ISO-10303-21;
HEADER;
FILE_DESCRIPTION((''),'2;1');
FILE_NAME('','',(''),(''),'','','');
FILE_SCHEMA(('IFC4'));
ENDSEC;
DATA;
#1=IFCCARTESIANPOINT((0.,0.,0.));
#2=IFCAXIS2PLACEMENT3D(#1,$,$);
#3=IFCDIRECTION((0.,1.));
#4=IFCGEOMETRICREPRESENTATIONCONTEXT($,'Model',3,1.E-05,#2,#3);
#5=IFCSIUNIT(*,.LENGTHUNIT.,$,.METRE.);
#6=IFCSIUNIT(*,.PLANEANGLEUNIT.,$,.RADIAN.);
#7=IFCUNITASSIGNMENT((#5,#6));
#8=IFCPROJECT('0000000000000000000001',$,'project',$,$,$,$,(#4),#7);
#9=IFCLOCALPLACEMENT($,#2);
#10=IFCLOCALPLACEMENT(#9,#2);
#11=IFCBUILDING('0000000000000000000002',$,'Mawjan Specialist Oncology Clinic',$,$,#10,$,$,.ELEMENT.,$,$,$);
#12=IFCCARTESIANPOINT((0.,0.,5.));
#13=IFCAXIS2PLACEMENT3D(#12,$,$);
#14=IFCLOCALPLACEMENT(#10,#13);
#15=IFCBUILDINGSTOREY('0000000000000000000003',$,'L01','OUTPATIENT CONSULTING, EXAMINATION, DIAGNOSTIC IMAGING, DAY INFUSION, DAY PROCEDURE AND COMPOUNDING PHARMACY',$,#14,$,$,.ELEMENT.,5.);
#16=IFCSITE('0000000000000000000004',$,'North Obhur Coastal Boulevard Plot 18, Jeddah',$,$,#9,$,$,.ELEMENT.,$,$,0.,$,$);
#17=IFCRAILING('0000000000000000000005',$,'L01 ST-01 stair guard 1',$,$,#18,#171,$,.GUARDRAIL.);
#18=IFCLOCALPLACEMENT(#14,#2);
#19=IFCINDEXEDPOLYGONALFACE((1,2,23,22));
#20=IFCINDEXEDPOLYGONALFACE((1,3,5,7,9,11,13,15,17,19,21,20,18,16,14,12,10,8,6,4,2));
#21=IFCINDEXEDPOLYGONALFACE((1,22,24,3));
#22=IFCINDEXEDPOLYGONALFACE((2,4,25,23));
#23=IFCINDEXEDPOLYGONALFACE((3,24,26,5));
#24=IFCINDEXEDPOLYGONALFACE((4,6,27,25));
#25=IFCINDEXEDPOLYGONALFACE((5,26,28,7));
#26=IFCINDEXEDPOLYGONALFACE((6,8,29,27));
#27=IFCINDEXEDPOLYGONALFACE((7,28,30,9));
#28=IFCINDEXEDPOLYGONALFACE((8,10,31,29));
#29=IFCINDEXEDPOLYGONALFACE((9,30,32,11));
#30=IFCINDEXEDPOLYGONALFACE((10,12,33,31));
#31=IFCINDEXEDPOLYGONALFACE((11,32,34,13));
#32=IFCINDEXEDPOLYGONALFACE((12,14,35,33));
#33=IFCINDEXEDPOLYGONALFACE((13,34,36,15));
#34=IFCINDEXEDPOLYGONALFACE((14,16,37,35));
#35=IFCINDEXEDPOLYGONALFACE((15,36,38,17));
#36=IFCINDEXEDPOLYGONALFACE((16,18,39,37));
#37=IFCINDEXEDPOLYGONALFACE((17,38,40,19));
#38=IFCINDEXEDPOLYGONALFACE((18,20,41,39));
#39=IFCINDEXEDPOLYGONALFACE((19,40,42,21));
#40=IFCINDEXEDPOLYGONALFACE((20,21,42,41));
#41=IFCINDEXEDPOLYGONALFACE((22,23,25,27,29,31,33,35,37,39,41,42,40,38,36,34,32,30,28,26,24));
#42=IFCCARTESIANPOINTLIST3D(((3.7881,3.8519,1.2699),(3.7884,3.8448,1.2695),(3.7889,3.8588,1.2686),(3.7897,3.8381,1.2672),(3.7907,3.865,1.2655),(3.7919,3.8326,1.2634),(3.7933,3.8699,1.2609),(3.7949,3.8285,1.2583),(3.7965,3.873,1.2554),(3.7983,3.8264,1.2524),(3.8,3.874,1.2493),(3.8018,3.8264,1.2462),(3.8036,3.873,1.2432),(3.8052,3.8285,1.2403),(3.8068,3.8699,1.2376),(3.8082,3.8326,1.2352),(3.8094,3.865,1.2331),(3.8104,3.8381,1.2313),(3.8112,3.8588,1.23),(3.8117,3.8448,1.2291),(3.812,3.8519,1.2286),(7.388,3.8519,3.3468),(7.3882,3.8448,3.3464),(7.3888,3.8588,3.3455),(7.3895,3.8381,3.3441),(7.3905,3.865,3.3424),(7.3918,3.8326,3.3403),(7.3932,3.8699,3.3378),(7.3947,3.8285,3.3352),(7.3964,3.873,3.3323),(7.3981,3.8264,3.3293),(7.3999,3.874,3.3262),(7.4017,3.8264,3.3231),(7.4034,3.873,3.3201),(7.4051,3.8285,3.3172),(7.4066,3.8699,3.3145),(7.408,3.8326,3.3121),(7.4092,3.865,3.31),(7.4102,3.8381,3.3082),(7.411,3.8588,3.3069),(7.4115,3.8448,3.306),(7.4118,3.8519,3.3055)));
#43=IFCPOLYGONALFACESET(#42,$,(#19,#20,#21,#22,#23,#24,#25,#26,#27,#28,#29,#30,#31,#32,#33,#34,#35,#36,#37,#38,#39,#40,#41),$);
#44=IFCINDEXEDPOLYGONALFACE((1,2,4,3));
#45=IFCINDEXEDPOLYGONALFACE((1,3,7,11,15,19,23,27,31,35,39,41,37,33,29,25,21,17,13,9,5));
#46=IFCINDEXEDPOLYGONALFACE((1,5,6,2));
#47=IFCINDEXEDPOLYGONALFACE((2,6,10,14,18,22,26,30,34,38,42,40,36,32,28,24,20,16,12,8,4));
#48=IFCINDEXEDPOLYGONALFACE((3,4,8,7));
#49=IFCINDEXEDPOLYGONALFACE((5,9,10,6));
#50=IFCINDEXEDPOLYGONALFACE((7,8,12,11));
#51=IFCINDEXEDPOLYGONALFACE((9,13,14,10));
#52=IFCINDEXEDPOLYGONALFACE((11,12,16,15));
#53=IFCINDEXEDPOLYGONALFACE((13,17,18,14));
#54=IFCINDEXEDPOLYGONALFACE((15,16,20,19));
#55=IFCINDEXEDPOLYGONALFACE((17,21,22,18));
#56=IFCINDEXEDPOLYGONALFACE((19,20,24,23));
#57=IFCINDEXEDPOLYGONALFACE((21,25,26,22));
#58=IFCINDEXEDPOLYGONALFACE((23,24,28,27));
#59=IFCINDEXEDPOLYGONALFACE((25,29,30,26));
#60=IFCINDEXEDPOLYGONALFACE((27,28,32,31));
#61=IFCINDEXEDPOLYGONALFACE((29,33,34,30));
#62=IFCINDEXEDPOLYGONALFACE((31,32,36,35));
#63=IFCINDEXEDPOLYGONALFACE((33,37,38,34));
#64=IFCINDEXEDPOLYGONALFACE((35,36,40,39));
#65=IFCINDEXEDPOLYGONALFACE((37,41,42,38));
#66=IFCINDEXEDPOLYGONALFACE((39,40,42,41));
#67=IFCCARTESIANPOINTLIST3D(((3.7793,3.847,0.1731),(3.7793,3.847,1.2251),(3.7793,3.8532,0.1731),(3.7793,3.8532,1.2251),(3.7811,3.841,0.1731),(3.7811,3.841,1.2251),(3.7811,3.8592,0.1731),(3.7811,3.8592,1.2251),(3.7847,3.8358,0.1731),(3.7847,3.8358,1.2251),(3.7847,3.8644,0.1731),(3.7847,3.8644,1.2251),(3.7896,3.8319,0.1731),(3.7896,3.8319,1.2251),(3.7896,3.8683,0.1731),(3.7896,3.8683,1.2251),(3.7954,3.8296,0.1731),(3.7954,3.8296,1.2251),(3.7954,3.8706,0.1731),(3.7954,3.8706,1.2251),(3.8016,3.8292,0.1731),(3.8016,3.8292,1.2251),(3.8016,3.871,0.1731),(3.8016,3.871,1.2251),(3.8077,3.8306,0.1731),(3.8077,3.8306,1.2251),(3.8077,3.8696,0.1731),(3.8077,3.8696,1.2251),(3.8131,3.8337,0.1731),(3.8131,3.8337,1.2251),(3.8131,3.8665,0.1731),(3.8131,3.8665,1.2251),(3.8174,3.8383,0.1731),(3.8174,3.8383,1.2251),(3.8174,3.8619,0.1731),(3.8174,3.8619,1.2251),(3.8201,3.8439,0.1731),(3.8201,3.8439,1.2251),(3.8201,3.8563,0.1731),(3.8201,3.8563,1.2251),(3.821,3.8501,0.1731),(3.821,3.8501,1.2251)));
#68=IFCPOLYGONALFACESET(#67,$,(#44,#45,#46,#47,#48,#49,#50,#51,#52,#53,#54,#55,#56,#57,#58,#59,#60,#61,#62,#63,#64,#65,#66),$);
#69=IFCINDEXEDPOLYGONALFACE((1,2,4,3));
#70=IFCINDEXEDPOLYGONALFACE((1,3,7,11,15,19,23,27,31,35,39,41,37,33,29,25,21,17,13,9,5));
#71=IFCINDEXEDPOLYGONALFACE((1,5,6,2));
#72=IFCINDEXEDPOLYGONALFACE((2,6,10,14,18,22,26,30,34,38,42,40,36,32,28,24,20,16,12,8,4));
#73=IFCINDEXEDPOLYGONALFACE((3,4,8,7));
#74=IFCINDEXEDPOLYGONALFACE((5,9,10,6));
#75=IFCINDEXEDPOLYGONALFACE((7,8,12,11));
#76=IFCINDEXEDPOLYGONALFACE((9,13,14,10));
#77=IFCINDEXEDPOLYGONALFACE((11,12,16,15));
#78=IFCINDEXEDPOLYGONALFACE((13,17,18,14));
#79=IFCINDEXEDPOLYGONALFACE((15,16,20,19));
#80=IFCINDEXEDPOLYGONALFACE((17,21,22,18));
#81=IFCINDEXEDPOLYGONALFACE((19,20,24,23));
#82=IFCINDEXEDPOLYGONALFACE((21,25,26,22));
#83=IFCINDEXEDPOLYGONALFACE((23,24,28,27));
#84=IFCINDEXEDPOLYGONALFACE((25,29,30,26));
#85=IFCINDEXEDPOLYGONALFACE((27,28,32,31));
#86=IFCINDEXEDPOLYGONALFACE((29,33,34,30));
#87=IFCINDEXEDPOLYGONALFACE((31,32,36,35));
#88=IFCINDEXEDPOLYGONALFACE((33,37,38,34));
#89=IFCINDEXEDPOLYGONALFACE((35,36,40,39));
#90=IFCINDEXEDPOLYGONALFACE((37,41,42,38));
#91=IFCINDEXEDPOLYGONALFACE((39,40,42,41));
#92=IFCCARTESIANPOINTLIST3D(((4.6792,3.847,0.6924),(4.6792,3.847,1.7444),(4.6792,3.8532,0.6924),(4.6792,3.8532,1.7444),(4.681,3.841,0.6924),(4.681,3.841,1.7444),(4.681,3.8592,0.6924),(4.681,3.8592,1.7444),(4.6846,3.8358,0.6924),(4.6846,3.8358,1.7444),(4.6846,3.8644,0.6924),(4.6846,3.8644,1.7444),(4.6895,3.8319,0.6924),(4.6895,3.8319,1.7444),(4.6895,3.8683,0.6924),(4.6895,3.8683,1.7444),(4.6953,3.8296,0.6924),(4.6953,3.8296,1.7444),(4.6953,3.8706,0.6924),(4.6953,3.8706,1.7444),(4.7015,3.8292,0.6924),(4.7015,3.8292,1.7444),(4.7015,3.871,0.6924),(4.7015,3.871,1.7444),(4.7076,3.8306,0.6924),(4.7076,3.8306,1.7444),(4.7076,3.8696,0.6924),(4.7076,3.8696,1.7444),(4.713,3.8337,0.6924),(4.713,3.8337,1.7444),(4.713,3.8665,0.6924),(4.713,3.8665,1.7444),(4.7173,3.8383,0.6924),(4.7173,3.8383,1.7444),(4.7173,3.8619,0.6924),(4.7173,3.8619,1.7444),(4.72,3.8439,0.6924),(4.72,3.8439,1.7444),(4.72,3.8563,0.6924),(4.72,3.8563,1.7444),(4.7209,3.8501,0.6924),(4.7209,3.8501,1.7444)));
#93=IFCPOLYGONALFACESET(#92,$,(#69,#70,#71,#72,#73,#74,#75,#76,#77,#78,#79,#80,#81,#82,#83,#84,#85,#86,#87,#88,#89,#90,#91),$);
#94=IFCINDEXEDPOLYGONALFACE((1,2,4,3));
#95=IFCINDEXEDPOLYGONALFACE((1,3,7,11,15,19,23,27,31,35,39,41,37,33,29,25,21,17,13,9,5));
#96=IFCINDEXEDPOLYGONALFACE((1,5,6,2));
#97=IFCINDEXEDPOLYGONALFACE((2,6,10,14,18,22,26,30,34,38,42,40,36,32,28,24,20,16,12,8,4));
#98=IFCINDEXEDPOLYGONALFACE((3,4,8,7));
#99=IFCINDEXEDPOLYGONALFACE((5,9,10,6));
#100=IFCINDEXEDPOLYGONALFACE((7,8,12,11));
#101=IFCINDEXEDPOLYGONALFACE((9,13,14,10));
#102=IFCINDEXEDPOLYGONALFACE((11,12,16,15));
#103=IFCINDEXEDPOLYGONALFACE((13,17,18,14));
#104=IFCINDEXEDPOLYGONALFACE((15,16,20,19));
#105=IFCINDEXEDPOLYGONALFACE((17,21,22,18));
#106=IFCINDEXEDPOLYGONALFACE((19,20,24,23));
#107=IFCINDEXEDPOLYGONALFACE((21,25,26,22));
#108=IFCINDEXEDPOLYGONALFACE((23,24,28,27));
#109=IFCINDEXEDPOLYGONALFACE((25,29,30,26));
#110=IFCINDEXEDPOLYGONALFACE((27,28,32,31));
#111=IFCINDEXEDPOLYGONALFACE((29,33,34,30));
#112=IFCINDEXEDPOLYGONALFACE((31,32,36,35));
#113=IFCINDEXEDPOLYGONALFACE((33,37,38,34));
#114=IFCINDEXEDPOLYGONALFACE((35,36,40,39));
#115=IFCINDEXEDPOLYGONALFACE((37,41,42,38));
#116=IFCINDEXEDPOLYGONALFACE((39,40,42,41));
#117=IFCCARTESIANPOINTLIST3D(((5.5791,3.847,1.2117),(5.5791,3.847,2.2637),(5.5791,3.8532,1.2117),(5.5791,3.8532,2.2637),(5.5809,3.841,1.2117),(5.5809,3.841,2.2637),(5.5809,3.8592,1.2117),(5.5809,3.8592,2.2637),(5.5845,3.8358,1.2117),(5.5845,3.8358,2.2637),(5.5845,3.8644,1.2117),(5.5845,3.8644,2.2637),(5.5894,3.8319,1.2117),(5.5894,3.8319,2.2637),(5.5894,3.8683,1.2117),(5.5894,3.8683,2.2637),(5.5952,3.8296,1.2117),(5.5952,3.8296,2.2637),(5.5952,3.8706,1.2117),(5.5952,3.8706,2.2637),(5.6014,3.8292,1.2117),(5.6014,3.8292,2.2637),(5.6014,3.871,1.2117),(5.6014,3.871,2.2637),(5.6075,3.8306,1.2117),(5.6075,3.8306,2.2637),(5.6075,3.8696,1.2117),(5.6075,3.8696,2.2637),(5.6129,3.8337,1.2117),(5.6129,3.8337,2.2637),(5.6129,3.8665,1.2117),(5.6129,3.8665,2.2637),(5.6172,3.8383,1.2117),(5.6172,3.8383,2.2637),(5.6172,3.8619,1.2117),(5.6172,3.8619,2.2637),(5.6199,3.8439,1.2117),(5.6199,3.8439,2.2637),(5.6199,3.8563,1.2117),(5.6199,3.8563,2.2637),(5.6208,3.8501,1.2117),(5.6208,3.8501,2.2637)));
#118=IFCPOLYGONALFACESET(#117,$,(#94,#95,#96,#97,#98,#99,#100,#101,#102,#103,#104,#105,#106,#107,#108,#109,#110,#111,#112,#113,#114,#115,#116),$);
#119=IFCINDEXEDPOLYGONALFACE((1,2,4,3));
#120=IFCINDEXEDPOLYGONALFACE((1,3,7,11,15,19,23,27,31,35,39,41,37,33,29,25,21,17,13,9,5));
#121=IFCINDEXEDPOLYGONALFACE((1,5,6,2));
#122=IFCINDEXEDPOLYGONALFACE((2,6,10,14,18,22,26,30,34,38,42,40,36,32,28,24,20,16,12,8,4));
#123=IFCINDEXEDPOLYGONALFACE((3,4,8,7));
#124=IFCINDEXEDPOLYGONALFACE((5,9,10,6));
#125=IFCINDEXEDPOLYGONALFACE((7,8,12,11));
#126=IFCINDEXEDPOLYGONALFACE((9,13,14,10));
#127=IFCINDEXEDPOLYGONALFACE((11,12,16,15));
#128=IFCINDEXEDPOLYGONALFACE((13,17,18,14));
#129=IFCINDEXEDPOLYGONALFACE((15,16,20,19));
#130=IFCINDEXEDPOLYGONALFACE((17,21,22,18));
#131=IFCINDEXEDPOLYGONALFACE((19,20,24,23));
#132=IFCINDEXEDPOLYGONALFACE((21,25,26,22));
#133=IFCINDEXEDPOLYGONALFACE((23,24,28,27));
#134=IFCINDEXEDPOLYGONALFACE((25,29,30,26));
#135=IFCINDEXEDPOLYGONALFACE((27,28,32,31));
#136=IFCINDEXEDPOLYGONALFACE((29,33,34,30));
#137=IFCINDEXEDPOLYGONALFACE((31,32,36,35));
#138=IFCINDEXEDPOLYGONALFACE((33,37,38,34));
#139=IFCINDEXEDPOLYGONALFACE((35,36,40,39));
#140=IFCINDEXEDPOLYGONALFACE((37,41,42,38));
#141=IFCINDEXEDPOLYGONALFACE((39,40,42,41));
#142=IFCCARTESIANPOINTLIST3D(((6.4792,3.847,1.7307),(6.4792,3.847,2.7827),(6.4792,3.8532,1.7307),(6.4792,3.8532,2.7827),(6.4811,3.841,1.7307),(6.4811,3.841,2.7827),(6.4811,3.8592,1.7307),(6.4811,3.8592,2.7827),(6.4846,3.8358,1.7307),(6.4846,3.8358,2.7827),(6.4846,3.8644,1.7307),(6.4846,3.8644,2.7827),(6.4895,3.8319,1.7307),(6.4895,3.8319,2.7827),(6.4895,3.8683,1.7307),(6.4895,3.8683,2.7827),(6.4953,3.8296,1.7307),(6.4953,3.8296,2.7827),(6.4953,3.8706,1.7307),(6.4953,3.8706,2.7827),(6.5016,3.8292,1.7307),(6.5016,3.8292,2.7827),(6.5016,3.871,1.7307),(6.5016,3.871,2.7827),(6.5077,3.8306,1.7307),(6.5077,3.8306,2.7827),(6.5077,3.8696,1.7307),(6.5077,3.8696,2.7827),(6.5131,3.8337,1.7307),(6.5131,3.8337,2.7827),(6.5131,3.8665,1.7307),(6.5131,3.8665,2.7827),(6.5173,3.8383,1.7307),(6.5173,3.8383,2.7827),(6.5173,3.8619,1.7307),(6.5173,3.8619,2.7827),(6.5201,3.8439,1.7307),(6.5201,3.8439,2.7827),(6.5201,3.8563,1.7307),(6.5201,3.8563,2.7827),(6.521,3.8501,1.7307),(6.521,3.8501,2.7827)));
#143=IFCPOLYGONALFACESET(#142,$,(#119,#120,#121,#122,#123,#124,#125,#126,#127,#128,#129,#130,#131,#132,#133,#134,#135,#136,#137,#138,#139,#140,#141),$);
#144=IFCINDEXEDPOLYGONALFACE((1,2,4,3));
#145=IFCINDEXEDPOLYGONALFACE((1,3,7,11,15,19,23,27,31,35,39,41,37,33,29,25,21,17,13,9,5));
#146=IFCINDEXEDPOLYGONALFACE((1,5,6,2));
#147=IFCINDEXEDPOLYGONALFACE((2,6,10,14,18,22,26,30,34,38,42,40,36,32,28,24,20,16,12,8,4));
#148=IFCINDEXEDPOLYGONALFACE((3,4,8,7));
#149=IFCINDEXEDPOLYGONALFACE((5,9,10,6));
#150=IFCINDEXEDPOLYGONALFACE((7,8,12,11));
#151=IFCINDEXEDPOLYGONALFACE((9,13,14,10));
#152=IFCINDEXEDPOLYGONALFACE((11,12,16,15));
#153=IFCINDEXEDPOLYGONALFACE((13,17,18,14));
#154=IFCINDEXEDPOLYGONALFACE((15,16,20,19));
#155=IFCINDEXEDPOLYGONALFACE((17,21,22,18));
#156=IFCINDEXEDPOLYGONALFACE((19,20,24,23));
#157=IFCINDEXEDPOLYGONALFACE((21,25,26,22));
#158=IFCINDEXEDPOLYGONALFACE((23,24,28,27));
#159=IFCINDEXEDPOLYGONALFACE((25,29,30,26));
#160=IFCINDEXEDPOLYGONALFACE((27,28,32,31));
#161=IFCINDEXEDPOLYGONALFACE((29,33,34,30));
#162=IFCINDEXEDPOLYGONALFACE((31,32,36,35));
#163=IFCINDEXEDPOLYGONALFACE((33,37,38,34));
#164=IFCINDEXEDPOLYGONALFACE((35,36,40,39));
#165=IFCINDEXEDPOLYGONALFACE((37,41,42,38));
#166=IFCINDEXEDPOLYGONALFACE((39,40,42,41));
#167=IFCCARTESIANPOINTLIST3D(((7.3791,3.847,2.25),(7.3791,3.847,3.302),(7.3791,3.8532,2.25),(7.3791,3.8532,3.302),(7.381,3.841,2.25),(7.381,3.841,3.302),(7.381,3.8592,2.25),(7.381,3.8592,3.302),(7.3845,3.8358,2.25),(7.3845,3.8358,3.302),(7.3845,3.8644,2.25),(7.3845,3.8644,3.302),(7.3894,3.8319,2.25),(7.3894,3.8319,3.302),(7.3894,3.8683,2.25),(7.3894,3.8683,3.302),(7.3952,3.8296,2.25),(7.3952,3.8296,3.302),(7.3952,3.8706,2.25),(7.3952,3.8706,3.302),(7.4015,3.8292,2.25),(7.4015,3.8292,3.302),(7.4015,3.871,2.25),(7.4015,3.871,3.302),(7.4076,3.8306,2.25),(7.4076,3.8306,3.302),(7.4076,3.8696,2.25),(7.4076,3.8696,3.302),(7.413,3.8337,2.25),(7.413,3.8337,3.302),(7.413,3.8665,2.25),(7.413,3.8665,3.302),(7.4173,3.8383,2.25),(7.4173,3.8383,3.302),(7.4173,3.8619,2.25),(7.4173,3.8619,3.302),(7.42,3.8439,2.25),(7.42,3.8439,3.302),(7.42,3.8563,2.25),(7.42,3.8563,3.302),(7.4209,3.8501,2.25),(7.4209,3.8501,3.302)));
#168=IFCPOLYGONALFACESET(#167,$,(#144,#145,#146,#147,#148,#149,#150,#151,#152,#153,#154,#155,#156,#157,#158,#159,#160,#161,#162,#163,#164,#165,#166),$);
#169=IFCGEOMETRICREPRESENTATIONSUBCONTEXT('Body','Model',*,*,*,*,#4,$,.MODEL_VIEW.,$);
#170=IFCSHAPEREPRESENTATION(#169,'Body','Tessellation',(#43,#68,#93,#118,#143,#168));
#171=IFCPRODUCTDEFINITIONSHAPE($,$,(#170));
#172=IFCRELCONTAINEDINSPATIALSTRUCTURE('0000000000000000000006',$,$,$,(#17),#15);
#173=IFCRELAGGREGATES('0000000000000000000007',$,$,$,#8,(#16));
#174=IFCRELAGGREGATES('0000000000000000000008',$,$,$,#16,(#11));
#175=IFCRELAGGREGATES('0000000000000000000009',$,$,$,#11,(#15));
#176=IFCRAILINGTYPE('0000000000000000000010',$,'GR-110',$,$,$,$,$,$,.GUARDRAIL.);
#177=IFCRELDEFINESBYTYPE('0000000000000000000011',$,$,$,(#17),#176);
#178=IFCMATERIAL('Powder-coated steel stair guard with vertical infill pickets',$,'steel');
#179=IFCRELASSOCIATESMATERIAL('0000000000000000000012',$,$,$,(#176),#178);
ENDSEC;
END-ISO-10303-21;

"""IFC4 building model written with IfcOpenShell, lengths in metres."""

from ifc_helpers import new_model, si_unit, direction, frame, origin, origin_2d, place, context, subcontext, project, spatial, circle, extrude, material, type_object, element, save


model = new_model("IFC4")

# Units and contexts
model_context = context("Model", 3, precision=1e-05, world=origin(), true_north=direction((0.0, 1.0)))
body_context = subcontext(model_context, "Body", "Model", "MODEL_VIEW")
ifc_project = project(units=[si_unit("LENGTHUNIT", "METRE"), si_unit("PLANEANGLEUNIT", "RADIAN")], contexts=[model_context])

# Site, building, storey
site_placement = place(None, origin())
site = spatial("IfcSite", under=ifc_project, at=site_placement, Name="North Obhur Coastal Boulevard Plot 18, Jeddah", CompositionType="ELEMENT", RefElevation=0.0)
building_placement = place(site_placement, origin())
building = spatial("IfcBuilding", under=site, at=building_placement, Name="Mawjan Specialist Oncology Clinic", CompositionType="ELEMENT")
storey_placement = place(building_placement, frame((0.0, 0.0, 5.0)))
storey = spatial("IfcBuildingStorey", under=building, at=storey_placement, Name="L01", Description="OUTPATIENT CONSULTING, EXAMINATION, DIAGNOSTIC IMAGING, DAY INFUSION, DAY PROCEDURE AND COMPOUNDING PHARMACY", CompositionType="ELEMENT", Elevation=5.0)

# Railing
ifc_material_1 = material(Name="Powder-coated steel stair guard with vertical infill pickets", Category="steel")
railing_type_1 = type_object("IfcRailingType", Name="GR-110", PredefinedType="GUARDRAIL", material=ifc_material_1)
railing_1_placement = place(storey_placement, frame((3.8, 3.8501, 0.1731)))
element("IfcRailing", 1, at=railing_1_placement, inside=storey, type_object=railing_type_1, Name="L01 ST-01 stair guard 1", PredefinedType="GUARDRAIL", context=body_context, shape_type="SweptSolid", body=[
    extrude(circle(Radius=0.0239, at=origin_2d()), frame((0.0, 0.0, 1.0762), z_axis=(0.866179, 0.0, 0.499734), x_axis=(0.0, 1.0, 0.0)), (0.0, 0.0, 1.0), 4.156),
    extrude(circle(Radius=0.021, at=origin_2d()), origin(), (0.0, 0.0, 1.0), 1.052),
    extrude(circle(Radius=0.021, at=origin_2d()), frame((0.8999, 0.0, 0.5193)), (0.0, 0.0, 1.0), 1.052),
    extrude(circle(Radius=0.021, at=origin_2d()), frame((1.7998, 0.0, 1.0386)), (0.0, 0.0, 1.0), 1.052),
    extrude(circle(Radius=0.021, at=origin_2d()), frame((2.7, 0.0, 1.5576)), (0.0, 0.0, 1.0), 1.052),
    extrude(circle(Radius=0.021, at=origin_2d()), frame((3.5999, 0.0, 2.0769)), (0.0, 0.0, 1.0), 1.052),
])

save(model, "model.ifc")
